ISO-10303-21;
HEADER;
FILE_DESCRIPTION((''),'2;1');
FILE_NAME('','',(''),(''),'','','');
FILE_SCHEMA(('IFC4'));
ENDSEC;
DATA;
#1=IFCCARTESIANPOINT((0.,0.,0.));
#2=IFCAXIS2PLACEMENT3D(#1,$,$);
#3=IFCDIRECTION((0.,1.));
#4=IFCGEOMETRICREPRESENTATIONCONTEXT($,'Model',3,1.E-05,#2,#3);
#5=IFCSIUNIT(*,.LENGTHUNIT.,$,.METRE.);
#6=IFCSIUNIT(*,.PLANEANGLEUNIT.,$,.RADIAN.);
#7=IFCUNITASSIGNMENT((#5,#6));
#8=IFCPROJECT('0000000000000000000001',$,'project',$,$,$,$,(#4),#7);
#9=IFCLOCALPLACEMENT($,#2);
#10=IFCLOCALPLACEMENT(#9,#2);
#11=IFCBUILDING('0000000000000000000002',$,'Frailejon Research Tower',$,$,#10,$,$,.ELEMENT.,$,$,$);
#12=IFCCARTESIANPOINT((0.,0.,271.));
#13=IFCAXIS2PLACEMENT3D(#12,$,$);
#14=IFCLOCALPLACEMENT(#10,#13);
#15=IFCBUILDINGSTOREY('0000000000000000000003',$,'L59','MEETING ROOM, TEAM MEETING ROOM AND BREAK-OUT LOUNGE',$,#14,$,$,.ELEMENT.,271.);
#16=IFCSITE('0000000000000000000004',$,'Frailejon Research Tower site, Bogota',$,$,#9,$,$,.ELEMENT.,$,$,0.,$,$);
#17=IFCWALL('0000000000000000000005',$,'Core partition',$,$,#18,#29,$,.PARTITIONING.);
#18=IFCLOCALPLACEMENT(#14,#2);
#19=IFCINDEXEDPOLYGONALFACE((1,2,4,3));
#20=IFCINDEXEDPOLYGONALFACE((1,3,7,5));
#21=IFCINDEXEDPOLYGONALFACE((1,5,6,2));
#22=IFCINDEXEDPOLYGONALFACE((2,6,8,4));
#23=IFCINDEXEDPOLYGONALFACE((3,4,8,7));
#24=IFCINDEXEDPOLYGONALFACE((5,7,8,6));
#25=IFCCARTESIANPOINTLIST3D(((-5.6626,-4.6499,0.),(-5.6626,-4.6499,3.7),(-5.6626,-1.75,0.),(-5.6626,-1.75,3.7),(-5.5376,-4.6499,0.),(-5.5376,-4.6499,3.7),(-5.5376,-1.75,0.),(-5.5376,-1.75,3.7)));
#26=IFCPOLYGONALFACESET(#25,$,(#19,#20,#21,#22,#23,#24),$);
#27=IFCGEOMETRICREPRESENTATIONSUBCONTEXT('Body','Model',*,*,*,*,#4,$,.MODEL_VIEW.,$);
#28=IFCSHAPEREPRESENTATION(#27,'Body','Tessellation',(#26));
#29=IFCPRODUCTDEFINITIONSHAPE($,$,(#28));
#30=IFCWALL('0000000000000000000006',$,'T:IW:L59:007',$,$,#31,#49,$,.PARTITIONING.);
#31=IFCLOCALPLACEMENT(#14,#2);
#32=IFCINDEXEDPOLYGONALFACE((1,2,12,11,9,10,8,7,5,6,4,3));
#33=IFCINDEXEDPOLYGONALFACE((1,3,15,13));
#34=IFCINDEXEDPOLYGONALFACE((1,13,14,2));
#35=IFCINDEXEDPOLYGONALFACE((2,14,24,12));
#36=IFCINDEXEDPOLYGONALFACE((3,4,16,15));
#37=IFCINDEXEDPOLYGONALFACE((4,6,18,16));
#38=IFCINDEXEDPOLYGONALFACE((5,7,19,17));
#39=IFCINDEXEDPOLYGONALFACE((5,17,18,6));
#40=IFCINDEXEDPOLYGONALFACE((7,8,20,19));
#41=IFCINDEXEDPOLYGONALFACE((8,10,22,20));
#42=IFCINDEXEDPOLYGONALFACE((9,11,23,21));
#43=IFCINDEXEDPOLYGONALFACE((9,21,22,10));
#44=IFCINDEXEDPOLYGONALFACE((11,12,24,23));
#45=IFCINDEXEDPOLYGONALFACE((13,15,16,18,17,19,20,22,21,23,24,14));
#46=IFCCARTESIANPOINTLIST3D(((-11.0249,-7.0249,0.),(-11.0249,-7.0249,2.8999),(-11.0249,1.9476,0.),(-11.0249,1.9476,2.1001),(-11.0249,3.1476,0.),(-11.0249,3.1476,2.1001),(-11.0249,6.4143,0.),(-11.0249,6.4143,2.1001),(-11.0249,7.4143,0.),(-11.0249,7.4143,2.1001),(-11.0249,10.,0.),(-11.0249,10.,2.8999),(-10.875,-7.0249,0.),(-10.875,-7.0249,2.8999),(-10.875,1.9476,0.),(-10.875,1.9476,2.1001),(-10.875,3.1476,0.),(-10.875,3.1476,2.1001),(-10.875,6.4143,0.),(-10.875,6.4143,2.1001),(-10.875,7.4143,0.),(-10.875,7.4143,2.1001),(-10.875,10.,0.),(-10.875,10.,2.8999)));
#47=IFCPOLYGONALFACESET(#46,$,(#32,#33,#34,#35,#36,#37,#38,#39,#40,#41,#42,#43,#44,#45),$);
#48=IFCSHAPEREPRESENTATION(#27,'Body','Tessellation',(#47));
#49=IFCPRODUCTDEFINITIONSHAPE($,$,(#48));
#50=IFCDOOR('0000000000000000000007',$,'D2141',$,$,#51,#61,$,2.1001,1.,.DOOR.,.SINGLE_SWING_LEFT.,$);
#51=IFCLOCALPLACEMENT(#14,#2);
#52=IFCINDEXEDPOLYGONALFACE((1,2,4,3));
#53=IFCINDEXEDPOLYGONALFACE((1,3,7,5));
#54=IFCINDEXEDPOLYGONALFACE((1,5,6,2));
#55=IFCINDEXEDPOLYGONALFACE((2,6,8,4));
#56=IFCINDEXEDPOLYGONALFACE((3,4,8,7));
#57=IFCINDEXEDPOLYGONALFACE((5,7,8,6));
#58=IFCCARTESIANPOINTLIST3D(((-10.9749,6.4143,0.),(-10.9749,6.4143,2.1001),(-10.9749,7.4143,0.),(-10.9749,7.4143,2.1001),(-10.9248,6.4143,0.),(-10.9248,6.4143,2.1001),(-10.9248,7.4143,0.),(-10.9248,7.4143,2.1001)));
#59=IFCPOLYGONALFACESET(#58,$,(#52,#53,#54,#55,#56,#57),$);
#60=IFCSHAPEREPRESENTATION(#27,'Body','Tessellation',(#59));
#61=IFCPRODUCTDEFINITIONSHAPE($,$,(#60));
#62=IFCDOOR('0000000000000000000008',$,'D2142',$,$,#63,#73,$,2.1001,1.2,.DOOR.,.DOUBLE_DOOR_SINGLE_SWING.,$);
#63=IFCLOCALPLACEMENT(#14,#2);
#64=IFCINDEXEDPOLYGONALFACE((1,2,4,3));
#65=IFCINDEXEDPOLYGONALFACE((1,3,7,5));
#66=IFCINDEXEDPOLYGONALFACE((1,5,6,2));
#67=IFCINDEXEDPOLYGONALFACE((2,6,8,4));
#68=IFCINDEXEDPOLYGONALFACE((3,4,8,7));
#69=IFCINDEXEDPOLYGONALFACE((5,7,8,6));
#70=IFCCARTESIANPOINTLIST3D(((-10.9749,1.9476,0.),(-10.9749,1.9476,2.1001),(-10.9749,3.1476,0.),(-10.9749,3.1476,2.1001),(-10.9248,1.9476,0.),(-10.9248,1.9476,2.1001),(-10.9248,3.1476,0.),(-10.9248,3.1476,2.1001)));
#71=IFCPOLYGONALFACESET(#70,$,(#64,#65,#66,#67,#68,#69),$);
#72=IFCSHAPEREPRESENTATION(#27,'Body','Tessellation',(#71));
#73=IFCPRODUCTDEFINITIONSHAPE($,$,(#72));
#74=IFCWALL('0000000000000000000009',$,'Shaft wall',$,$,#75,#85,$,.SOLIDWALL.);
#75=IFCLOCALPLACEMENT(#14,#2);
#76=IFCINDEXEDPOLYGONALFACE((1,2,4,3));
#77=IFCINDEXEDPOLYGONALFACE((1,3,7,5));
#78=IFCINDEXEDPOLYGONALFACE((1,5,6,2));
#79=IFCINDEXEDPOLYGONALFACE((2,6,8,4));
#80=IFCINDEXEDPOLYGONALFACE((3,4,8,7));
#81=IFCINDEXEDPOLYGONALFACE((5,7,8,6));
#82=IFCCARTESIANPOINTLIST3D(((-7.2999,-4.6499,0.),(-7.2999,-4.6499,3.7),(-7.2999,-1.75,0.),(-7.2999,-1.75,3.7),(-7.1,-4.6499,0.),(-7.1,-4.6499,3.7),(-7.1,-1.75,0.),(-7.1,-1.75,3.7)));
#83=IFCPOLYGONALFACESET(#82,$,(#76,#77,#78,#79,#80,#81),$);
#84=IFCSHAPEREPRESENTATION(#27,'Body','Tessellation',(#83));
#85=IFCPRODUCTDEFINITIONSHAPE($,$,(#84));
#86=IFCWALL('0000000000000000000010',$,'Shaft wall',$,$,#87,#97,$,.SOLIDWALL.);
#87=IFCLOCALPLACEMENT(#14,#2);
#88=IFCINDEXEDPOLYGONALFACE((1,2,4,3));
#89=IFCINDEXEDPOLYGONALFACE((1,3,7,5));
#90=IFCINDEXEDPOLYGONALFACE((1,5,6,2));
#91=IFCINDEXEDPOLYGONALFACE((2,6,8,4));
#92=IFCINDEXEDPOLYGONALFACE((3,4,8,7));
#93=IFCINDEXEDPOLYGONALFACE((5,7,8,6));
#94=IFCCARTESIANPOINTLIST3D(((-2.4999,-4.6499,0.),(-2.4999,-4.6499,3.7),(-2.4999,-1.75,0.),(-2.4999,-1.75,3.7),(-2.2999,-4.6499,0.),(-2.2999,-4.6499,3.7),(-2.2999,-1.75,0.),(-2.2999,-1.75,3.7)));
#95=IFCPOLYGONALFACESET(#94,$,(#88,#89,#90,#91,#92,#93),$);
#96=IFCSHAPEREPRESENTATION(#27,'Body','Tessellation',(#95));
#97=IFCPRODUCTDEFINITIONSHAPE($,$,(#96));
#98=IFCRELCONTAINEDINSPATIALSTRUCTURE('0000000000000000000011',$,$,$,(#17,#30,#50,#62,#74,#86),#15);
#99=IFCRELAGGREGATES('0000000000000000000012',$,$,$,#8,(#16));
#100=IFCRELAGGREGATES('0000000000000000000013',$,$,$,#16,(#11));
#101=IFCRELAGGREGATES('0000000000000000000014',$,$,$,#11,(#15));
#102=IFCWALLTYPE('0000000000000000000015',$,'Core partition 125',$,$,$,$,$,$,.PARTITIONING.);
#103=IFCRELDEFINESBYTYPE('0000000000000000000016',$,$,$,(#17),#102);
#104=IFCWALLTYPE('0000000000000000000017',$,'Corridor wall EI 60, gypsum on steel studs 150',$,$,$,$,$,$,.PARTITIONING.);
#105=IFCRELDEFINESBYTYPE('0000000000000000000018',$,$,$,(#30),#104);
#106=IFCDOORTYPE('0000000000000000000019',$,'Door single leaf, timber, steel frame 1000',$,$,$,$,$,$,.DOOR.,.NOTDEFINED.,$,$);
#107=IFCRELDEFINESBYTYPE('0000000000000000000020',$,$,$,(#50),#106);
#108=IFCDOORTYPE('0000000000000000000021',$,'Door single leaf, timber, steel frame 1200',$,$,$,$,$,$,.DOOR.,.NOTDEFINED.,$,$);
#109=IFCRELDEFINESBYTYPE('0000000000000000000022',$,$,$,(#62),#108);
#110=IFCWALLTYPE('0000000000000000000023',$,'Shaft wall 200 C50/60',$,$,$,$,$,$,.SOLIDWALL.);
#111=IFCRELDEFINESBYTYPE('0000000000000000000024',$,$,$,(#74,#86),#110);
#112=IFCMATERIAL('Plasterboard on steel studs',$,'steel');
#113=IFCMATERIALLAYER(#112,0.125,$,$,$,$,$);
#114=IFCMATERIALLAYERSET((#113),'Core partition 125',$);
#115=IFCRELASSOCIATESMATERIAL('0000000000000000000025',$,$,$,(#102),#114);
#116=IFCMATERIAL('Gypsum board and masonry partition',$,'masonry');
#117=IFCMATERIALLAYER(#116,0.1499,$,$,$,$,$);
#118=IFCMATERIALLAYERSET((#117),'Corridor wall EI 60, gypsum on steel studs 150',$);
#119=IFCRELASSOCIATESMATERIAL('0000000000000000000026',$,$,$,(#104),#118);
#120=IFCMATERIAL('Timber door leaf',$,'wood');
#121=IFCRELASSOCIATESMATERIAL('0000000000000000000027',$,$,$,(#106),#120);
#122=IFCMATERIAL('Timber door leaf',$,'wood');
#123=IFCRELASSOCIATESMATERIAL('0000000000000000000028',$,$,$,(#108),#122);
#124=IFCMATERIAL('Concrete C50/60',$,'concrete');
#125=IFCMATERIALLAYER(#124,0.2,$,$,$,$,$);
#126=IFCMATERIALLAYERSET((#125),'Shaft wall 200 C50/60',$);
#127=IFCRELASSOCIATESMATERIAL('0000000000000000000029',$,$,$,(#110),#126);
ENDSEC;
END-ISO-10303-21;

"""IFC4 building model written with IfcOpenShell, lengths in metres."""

from ifc_helpers import new_model, si_unit, direction, frame, frame_2d, origin, place, context, subcontext, project, spatial, rectangle, extrude, material, layer, layer_set, type_object, element, fill, save


model = new_model("IFC4")

# Units and contexts
model_context = context("Model", 3, precision=1e-05, world=origin(), true_north=direction((0.0, 1.0)))
body_context = subcontext(model_context, "Body", "Model", "MODEL_VIEW")
ifc_project = project(units=[si_unit("LENGTHUNIT", "METRE"), si_unit("PLANEANGLEUNIT", "RADIAN")], contexts=[model_context])

# Site, building, storey
site_placement = place(None, origin())
site = spatial("IfcSite", under=ifc_project, at=site_placement, Name="Frailejon Research Tower site, Bogota", CompositionType="ELEMENT", RefElevation=0.0)
building_placement = place(site_placement, origin())
building = spatial("IfcBuilding", under=site, at=building_placement, Name="Frailejon Research Tower", CompositionType="ELEMENT")
storey_placement = place(building_placement, frame((0.0, 0.0, 271.0)))
storey = spatial("IfcBuildingStorey", under=building, at=storey_placement, Name="L59", Description="MEETING ROOM, TEAM MEETING ROOM AND BREAK-OUT LOUNGE", CompositionType="ELEMENT", Elevation=271.0)

# Wall
ifc_material_1 = material(Name="Plasterboard on steel studs", Category="steel")
ifc_layer_1 = layer(ifc_material_1, 0.125)
ifc_layer_set_1 = layer_set([ifc_layer_1], Name="Core partition 125")
wall_type_1 = type_object("IfcWallType", Name="Core partition 125", PredefinedType="PARTITIONING", material=ifc_layer_set_1)
wall_1_placement = place(storey_placement, frame((-5.6001, -4.6499, 0.0), z_axis=(0.0, 0.0, 1.0), x_axis=(0.0, 1.0, 0.0)))
element("IfcWall", 1, at=wall_1_placement, inside=storey, type_object=wall_type_1, Name="Core partition", PredefinedType="PARTITIONING", context=body_context, shape_type="SweptSolid", body=[
    extrude(rectangle(XDim=2.8999, YDim=0.125, at=frame_2d((1.45, 0.0))), origin(), (0.0, 0.0, 1.0), 3.7),
])

# Wall, openings, doors
ifc_material_2 = material(Name="Gypsum board and masonry partition", Category="masonry")
ifc_layer_2 = layer(ifc_material_2, 0.1499)
ifc_layer_set_2 = layer_set([ifc_layer_2], Name="Corridor wall EI 60, gypsum on steel studs 150")
wall_type_2 = type_object("IfcWallType", Name="Corridor wall EI 60, gypsum on steel studs 150", PredefinedType="PARTITIONING", material=ifc_layer_set_2)
wall_2_placement = place(storey_placement, frame((-10.95, -7.0249, 0.0), z_axis=(0.0, 0.0, 1.0), x_axis=(0.0, 1.0, 0.0)))
wall_2 = element("IfcWall", 2, at=wall_2_placement, inside=storey, type_object=wall_type_2, Name="T:IW:L59:007", PredefinedType="PARTITIONING", context=body_context, shape_type="SweptSolid", body=[
    extrude(rectangle(XDim=17.0249, YDim=0.1499, at=frame_2d((8.5125, 0.0))), origin(), (0.0, 0.0, 1.0), 2.8999),
])
opening_1_placement = place(wall_2_placement, frame((13.4392, 0.0, 0.0)))
opening_1 = element("IfcOpeningElement", 3, at=opening_1_placement, cuts=wall_2, PredefinedType="OPENING", context=body_context, shape_type="SweptSolid", body=[
    extrude(rectangle(XDim=1.0, YDim=2.1001, at=frame_2d((0.5, 1.05))), frame((0.0, 0.085, 0.0), z_axis=(0.0, -1.0, 0.0), x_axis=(1.0, 0.0, 0.0)), (0.0, 0.0, 1.0), 0.1699),
])
opening_2_placement = place(wall_2_placement, frame((8.9724, 0.0, 0.0)))
opening_2 = element("IfcOpeningElement", 4, at=opening_2_placement, cuts=wall_2, PredefinedType="OPENING", context=body_context, shape_type="SweptSolid", body=[
    extrude(rectangle(XDim=1.2, YDim=2.1001, at=frame_2d((0.6001, 1.05))), frame((0.0, 0.085, 0.0), z_axis=(0.0, -1.0, 0.0), x_axis=(1.0, 0.0, 0.0)), (0.0, 0.0, 1.0), 0.1699),
])
ifc_material_3 = material(Name="Timber door leaf", Category="wood")
door_type_1 = type_object("IfcDoorType", Name="Door single leaf, timber, steel frame 1000", OperationType="NOTDEFINED", PredefinedType="DOOR", material=ifc_material_3)
door_1_placement = place(opening_1_placement, origin())
door_1 = element("IfcDoor", 5, at=door_1_placement, inside=storey, type_object=door_type_1, Name="D2141", OperationType="SINGLE_SWING_LEFT", OverallHeight=2.1001, OverallWidth=1.0, PredefinedType="DOOR", context=body_context, shape_type="SweptSolid", body=[
    extrude(rectangle(XDim=1.0, YDim=2.1001, at=frame_2d((0.5, 1.05))), frame((0.0, 0.0249, 0.0), z_axis=(0.0, -1.0, 0.0), x_axis=(1.0, 0.0, 0.0)), (0.0, 0.0, 1.0), 0.05),
])
fill(opening_1, door_1)
ifc_material_4 = material(Name="Timber door leaf", Category="wood")
door_type_2 = type_object("IfcDoorType", Name="Door single leaf, timber, steel frame 1200", OperationType="NOTDEFINED", PredefinedType="DOOR", material=ifc_material_4)
door_2_placement = place(opening_2_placement, origin())
door_2 = element("IfcDoor", 6, at=door_2_placement, inside=storey, type_object=door_type_2, Name="D2142", OperationType="DOUBLE_DOOR_SINGLE_SWING", OverallHeight=2.1001, OverallWidth=1.2, PredefinedType="DOOR", context=body_context, shape_type="SweptSolid", body=[
    extrude(rectangle(XDim=1.2, YDim=2.1001, at=frame_2d((0.6001, 1.05))), frame((0.0, 0.0249, 0.0), z_axis=(0.0, -1.0, 0.0), x_axis=(1.0, 0.0, 0.0)), (0.0, 0.0, 1.0), 0.05),
])
fill(opening_2, door_2)

# Walls
ifc_material_5 = material(Name="Concrete C50/60", Category="concrete")
ifc_layer_3 = layer(ifc_material_5, 0.2)
ifc_layer_set_3 = layer_set([ifc_layer_3], Name="Shaft wall 200 C50/60")
wall_type_3 = type_object("IfcWallType", Name="Shaft wall 200 C50/60", PredefinedType="SOLIDWALL", material=ifc_layer_set_3)
for number, where, z_axis, x_axis, name in (
    (7, (-7.2, -4.6499, 0.0), (0.0, 0.0, 1.0), (0.0, 1.0, 0.0), "Shaft wall"),
    (8, (-2.3999, -4.6499, 0.0), (0.0, 0.0, 1.0), (0.0, 1.0, 0.0), "Shaft wall"),
):
    element("IfcWall", number, at=place(storey_placement, frame(where, z_axis=z_axis, x_axis=x_axis)), inside=storey, type_object=wall_type_3, Name=name, PredefinedType="SOLIDWALL", context=body_context, shape_type="SweptSolid", body=[
        extrude(rectangle(XDim=2.8999, YDim=0.2, at=frame_2d((1.45, 0.0))), origin(), (0.0, 0.0, 1.0), 3.7),
    ])

save(model, "model.ifc")
